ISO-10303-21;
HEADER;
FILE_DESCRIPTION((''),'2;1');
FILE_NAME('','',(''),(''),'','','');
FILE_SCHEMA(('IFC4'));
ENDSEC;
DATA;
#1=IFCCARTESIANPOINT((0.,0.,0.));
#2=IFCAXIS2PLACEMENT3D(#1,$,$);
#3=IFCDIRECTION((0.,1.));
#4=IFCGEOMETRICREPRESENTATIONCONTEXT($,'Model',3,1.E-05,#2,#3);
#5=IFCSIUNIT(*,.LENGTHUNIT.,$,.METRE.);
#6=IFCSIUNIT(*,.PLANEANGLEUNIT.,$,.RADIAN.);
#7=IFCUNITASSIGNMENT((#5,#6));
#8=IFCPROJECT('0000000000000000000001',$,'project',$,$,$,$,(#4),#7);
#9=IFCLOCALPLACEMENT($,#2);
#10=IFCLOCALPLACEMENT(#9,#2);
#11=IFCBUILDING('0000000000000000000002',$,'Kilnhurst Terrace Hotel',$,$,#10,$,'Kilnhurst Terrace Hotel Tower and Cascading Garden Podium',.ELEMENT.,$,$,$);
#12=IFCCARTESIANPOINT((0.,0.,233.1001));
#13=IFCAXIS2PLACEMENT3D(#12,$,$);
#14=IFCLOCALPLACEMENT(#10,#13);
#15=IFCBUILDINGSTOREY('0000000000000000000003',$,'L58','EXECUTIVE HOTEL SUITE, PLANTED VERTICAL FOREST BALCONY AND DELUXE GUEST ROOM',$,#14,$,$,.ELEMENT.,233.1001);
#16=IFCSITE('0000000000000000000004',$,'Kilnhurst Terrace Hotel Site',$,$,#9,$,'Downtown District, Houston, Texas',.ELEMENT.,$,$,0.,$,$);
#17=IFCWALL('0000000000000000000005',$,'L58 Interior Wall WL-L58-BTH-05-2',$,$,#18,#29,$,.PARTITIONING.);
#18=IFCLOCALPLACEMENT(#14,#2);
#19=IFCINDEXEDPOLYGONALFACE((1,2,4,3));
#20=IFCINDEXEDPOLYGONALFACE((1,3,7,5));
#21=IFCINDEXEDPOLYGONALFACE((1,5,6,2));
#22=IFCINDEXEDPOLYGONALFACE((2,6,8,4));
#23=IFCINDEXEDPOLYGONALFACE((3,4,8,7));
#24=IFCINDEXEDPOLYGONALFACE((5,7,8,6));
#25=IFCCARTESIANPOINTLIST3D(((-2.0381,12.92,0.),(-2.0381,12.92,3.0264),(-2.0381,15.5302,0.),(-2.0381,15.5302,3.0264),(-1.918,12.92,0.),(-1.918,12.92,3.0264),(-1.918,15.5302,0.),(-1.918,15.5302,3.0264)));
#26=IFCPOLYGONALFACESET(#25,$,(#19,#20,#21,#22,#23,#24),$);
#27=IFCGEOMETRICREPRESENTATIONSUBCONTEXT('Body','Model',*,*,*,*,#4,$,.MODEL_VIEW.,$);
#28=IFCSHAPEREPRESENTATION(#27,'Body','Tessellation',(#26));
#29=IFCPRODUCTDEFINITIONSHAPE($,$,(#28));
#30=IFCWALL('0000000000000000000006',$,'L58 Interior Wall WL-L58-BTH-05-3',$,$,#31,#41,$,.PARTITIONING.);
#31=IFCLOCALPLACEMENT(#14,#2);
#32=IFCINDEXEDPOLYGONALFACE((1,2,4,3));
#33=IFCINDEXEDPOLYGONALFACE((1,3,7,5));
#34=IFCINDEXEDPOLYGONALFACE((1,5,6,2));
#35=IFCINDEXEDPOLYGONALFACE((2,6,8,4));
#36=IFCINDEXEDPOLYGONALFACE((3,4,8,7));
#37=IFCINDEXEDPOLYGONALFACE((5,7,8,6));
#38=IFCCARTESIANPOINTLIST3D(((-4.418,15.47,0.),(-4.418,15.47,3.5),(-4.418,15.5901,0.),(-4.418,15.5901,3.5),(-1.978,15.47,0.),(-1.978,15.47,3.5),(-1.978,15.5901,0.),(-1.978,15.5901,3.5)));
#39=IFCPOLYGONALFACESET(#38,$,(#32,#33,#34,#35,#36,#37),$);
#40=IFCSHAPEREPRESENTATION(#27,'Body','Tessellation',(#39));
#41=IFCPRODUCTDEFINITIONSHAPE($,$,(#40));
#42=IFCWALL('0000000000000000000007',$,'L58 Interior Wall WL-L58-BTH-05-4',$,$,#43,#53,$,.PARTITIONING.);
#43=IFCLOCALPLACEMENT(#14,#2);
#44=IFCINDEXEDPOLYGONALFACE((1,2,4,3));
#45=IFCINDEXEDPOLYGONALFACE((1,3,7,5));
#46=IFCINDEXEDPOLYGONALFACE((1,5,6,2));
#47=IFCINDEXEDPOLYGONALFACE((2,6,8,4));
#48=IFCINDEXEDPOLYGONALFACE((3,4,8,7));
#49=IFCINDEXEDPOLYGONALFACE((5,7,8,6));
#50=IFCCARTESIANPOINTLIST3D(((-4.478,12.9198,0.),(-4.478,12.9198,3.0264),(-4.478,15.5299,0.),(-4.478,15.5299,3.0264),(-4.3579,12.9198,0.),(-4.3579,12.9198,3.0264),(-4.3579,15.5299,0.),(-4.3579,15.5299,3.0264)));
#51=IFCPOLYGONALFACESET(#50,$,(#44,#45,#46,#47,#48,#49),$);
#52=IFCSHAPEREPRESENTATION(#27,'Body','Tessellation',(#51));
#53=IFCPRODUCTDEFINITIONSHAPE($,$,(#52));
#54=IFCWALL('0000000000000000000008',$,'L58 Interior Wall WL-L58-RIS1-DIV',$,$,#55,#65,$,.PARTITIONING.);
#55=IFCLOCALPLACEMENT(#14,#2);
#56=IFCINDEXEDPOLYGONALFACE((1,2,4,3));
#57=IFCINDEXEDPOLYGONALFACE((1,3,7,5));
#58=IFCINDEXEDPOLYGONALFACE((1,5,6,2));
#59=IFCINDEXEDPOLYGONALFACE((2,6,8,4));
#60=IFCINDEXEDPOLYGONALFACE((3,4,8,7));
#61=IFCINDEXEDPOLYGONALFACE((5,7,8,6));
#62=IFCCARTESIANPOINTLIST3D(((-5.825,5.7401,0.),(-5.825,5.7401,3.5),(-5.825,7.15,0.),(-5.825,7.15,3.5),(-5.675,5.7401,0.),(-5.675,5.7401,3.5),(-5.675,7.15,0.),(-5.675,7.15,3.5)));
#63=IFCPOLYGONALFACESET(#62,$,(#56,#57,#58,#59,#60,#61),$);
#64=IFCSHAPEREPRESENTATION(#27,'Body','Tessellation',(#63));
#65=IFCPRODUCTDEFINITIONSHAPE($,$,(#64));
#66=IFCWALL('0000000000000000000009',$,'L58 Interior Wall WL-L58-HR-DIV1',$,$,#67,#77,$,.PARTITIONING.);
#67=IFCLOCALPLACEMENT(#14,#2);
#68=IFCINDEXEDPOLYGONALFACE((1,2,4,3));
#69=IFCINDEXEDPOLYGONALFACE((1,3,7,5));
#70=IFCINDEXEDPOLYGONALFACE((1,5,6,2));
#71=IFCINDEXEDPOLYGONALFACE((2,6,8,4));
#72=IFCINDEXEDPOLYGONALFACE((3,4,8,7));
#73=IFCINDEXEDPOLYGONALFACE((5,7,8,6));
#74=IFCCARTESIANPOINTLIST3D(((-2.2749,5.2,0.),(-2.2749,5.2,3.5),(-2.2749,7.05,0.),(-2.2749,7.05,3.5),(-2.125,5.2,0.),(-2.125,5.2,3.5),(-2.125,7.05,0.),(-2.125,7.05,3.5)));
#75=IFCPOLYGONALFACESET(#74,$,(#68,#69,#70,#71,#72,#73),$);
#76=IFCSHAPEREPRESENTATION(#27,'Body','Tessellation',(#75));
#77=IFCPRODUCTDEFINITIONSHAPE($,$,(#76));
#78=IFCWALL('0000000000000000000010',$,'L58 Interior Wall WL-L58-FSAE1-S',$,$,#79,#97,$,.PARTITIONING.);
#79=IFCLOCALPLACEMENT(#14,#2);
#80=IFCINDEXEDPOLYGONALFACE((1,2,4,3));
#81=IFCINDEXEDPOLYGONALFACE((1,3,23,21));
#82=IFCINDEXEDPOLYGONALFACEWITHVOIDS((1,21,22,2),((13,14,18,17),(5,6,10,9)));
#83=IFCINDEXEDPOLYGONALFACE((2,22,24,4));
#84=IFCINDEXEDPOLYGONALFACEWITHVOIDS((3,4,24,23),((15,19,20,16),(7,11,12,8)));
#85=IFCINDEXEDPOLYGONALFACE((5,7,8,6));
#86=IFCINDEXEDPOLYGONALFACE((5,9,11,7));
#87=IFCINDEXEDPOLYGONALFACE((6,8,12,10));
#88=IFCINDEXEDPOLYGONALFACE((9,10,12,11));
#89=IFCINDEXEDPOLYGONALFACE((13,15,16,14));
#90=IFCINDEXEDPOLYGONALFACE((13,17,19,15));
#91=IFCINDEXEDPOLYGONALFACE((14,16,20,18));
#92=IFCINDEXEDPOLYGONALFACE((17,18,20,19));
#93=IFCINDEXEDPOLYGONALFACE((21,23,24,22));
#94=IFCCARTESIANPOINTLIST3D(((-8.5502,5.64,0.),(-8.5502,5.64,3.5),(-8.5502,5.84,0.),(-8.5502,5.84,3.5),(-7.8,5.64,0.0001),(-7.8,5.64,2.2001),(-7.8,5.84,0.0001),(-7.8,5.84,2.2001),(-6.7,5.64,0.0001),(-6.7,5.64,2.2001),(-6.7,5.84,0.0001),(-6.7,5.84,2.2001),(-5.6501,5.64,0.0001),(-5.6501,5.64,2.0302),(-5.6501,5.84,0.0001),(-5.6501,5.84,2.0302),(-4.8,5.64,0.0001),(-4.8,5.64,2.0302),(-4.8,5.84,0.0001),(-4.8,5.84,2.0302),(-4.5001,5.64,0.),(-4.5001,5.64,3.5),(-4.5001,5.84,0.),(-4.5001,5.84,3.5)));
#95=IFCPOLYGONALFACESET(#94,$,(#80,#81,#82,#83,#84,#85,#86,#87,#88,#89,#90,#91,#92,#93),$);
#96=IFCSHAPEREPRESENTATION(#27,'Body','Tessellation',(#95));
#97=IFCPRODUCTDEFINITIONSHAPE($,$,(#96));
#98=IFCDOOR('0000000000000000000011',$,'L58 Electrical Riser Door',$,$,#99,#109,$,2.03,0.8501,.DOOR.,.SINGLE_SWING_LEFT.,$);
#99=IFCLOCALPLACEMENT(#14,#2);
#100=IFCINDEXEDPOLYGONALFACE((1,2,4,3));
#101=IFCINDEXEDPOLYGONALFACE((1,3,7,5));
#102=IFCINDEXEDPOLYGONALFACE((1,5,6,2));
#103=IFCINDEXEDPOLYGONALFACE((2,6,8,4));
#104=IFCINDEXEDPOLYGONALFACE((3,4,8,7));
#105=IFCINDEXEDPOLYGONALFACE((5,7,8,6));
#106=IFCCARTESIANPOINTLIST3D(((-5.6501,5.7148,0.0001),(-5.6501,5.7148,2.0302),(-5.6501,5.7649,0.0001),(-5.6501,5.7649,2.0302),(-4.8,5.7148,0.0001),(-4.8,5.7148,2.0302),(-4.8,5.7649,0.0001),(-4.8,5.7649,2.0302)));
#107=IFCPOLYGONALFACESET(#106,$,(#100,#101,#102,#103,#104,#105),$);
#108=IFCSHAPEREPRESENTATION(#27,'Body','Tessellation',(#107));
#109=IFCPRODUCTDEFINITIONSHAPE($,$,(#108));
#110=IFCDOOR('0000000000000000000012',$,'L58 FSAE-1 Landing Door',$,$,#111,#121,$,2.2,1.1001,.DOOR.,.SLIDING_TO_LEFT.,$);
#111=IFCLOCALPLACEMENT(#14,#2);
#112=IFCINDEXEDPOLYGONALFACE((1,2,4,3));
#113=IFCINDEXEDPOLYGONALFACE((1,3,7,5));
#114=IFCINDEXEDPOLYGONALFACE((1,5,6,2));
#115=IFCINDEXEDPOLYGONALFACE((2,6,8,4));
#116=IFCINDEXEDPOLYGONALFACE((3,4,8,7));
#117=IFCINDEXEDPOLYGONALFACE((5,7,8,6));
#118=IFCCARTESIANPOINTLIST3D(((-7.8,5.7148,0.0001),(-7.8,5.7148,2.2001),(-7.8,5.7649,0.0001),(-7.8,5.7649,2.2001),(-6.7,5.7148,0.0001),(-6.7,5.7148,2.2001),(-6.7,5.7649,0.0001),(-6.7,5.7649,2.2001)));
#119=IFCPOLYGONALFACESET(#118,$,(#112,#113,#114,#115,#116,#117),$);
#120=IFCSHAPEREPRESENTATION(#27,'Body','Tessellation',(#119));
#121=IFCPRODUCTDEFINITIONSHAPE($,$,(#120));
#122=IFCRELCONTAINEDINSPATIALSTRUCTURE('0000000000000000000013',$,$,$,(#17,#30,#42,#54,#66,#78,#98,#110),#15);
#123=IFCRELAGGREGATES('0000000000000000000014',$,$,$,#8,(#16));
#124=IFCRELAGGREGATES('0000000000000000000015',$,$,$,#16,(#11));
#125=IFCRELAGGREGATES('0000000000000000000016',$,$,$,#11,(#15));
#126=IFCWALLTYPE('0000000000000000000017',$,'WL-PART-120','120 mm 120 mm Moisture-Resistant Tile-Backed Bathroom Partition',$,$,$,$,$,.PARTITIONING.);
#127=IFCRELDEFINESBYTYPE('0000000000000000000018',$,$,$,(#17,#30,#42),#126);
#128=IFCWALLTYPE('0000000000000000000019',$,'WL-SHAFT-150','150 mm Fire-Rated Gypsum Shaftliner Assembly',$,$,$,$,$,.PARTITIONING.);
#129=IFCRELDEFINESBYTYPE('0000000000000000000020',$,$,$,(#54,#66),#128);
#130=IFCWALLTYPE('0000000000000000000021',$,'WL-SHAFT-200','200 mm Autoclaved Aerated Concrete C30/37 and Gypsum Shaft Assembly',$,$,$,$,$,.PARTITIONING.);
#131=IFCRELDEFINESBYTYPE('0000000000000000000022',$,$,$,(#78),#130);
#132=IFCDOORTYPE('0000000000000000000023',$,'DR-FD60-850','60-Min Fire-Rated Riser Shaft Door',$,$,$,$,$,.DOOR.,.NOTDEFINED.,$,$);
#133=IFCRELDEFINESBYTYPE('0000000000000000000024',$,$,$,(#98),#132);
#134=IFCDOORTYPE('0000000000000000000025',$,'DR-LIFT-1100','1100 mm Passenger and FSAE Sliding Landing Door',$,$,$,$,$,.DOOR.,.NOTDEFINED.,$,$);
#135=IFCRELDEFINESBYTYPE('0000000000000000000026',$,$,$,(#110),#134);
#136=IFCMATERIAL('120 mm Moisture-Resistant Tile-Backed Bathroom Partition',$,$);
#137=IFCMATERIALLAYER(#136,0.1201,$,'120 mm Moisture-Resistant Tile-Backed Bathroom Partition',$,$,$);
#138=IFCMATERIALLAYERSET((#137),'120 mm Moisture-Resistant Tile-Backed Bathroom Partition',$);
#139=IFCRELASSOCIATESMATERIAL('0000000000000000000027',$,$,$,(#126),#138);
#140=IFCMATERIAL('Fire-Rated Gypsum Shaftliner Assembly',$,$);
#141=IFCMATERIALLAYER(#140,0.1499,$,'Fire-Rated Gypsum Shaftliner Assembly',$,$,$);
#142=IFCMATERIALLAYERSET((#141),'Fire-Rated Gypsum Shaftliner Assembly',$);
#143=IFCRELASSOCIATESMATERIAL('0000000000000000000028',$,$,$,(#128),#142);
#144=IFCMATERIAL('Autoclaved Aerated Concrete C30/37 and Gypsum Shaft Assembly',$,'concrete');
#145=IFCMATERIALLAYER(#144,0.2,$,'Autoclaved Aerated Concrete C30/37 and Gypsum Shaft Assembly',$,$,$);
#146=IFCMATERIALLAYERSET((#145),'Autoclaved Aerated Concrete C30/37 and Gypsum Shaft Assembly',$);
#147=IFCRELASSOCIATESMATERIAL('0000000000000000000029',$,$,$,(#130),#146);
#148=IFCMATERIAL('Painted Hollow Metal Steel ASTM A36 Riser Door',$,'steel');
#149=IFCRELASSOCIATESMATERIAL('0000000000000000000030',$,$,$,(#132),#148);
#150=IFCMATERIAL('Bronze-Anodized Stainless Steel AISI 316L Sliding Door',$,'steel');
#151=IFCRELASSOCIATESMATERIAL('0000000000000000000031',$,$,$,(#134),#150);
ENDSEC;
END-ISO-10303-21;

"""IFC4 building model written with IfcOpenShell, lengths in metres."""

from ifc_helpers import new_model, si_unit, direction, frame, frame_2d, origin, place, context, subcontext, project, spatial, rectangle, extrude, material, layer, layer_set, type_object, element, fill, save


model = new_model("IFC4")

# Units and contexts
model_context = context("Model", 3, precision=1e-05, world=origin(), true_north=direction((0.0, 1.0)))
body_context = subcontext(model_context, "Body", "Model", "MODEL_VIEW")
ifc_project = project(units=[si_unit("LENGTHUNIT", "METRE"), si_unit("PLANEANGLEUNIT", "RADIAN")], contexts=[model_context])

# Site, building, storey
site_placement = place(None, origin())
site = spatial("IfcSite", under=ifc_project, at=site_placement, Name="Kilnhurst Terrace Hotel Site", LongName="Downtown District, Houston, Texas", CompositionType="ELEMENT", RefElevation=0.0)
building_placement = place(site_placement, origin())
building = spatial("IfcBuilding", under=site, at=building_placement, Name="Kilnhurst Terrace Hotel", LongName="Kilnhurst Terrace Hotel Tower and Cascading Garden Podium", CompositionType="ELEMENT")
storey_placement = place(building_placement, frame((0.0, 0.0, 233.1001)))
storey = spatial("IfcBuildingStorey", under=building, at=storey_placement, Name="L58", Description="EXECUTIVE HOTEL SUITE, PLANTED VERTICAL FOREST BALCONY AND DELUXE GUEST ROOM", CompositionType="ELEMENT", Elevation=233.1001)

# Shared definitions
ifc_material_1 = material(Name="120 mm Moisture-Resistant Tile-Backed Bathroom Partition")
ifc_layer_1 = layer(ifc_material_1, 0.1201, Name="120 mm Moisture-Resistant Tile-Backed Bathroom Partition")
ifc_layer_set_1 = layer_set([ifc_layer_1], Name="120 mm Moisture-Resistant Tile-Backed Bathroom Partition")
wall_type_1 = type_object("IfcWallType", Name="WL-PART-120", Description="120 mm 120 mm Moisture-Resistant Tile-Backed Bathroom Partition", PredefinedType="PARTITIONING", material=ifc_layer_set_1)

# Walls
wall_1_placement = place(storey_placement, frame((-1.978, 12.9199, 0.0), z_axis=(0.0, 0.0, 1.0), x_axis=(0.0, 1.0, 0.0)))
element("IfcWall", 1, at=wall_1_placement, inside=storey, type_object=wall_type_1, Name="L58 Interior Wall WL-L58-BTH-05-2", PredefinedType="PARTITIONING", context=body_context, shape_type="SweptSolid", body=[
    extrude(rectangle(XDim=2.6101, YDim=0.1201, at=frame_2d((1.3052, 0.0))), origin(), (0.0, 0.0, 1.0), 3.0264),
])
wall_2_placement = place(storey_placement, frame((-1.978, 15.53, 0.0), z_axis=(0.0, 0.0, 1.0), x_axis=(-1.0, 0.0, 0.0)))
element("IfcWall", 2, at=wall_2_placement, inside=storey, type_object=wall_type_1, Name="L58 Interior Wall WL-L58-BTH-05-3", PredefinedType="PARTITIONING", context=body_context, shape_type="SweptSolid", body=[
    extrude(rectangle(XDim=2.4399, YDim=0.1201, at=frame_2d((1.22, 0.0))), origin(), (0.0, 0.0, 1.0), 3.5),
])
wall_3_placement = place(storey_placement, frame((-4.418, 15.53, 0.0), z_axis=(0.0, 0.0, 1.0), x_axis=(0.0, -1.0, 0.0)))
element("IfcWall", 3, at=wall_3_placement, inside=storey, type_object=wall_type_1, Name="L58 Interior Wall WL-L58-BTH-05-4", PredefinedType="PARTITIONING", context=body_context, shape_type="SweptSolid", body=[
    extrude(rectangle(XDim=2.6101, YDim=0.1201, at=frame_2d((1.3052, 0.0))), origin(), (0.0, 0.0, 1.0), 3.0264),
])
ifc_material_2 = material(Name="Fire-Rated Gypsum Shaftliner Assembly")
ifc_layer_2 = layer(ifc_material_2, 0.1499, Name="Fire-Rated Gypsum Shaftliner Assembly")
ifc_layer_set_2 = layer_set([ifc_layer_2], Name="Fire-Rated Gypsum Shaftliner Assembly")
wall_type_2 = type_object("IfcWallType", Name="WL-SHAFT-150", Description="150 mm Fire-Rated Gypsum Shaftliner Assembly", PredefinedType="PARTITIONING", material=ifc_layer_set_2)
wall_4_placement = place(storey_placement, frame((-5.75, 5.74, 0.0), z_axis=(0.0, 0.0, 1.0), x_axis=(0.0, 1.0, 0.0)))
element("IfcWall", 4, at=wall_4_placement, inside=storey, type_object=wall_type_2, Name="L58 Interior Wall WL-L58-RIS1-DIV", PredefinedType="PARTITIONING", context=body_context, shape_type="SweptSolid", body=[
    extrude(rectangle(XDim=1.4099, YDim=0.1499, at=frame_2d((0.7051, 0.0))), origin(), (0.0, 0.0, 1.0), 3.5),
])
wall_5_placement = place(storey_placement, frame((-2.2, 5.2, 0.0), z_axis=(0.0, 0.0, 1.0), x_axis=(0.0, 1.0, 0.0)))
element("IfcWall", 5, at=wall_5_placement, inside=storey, type_object=wall_type_2, Name="L58 Interior Wall WL-L58-HR-DIV1", PredefinedType="PARTITIONING", context=body_context, shape_type="SweptSolid", body=[
    extrude(rectangle(XDim=1.8501, YDim=0.1499, at=frame_2d((0.925, 0.0))), origin(), (0.0, 0.0, 1.0), 3.5),
])

# Wall, openings, doors
ifc_material_3 = material(Name="Autoclaved Aerated Concrete C30/37 and Gypsum Shaft Assembly", Category="concrete")
ifc_layer_3 = layer(ifc_material_3, 0.2, Name="Autoclaved Aerated Concrete C30/37 and Gypsum Shaft Assembly")
ifc_layer_set_3 = layer_set([ifc_layer_3], Name="Autoclaved Aerated Concrete C30/37 and Gypsum Shaft Assembly")
wall_type_3 = type_object("IfcWallType", Name="WL-SHAFT-200", Description="200 mm Autoclaved Aerated Concrete C30/37 and Gypsum Shaft Assembly", PredefinedType="PARTITIONING", material=ifc_layer_set_3)
wall_6_placement = place(storey_placement, frame((-8.55, 5.74, 0.0), z_axis=(0.0, 0.0, 1.0), x_axis=(1.0, 0.0, 0.0)))
wall_6 = element("IfcWall", 6, at=wall_6_placement, inside=storey, type_object=wall_type_3, Name="L58 Interior Wall WL-L58-FSAE1-S", PredefinedType="PARTITIONING", context=body_context, shape_type="SweptSolid", body=[
    extrude(rectangle(XDim=4.05, YDim=0.2, at=frame_2d((2.0249, 0.0))), origin(), (0.0, 0.0, 1.0), 3.5),
])
opening_1_placement = place(wall_6_placement, frame((0.75, 0.0, 0.0)))
opening_1 = element("IfcOpeningElement", 7, at=opening_1_placement, cuts=wall_6, PredefinedType="OPENING", context=body_context, shape_type="SweptSolid", body=[
    extrude(rectangle(XDim=1.1001, YDim=2.2, at=frame_2d((0.55, 1.1001))), frame((0.0, 0.1099, 0.0), z_axis=(0.0, -1.0, 0.0), x_axis=(1.0, 0.0, 0.0)), (0.0, 0.0, 1.0), 0.22),
])
opening_2_placement = place(wall_6_placement, frame((2.8999, 0.0, 0.0)))
opening_2 = element("IfcOpeningElement", 8, at=opening_2_placement, cuts=wall_6, PredefinedType="OPENING", context=body_context, shape_type="SweptSolid", body=[
    extrude(rectangle(XDim=0.8501, YDim=2.03, at=frame_2d((0.425, 1.0151))), frame((0.0, 0.1099, 0.0), z_axis=(0.0, -1.0, 0.0), x_axis=(1.0, 0.0, 0.0)), (0.0, 0.0, 1.0), 0.22),
])
ifc_material_4 = material(Name="Painted Hollow Metal Steel ASTM A36 Riser Door", Category="steel")
door_type_1 = type_object("IfcDoorType", Name="DR-FD60-850", Description="60-Min Fire-Rated Riser Shaft Door", OperationType="NOTDEFINED", PredefinedType="DOOR", material=ifc_material_4)
door_1_placement = place(opening_2_placement, origin())
door_1 = element("IfcDoor", 9, at=door_1_placement, inside=storey, type_object=door_type_1, Name="L58 Electrical Riser Door", OperationType="SINGLE_SWING_LEFT", OverallHeight=2.03, OverallWidth=0.8501, PredefinedType="DOOR", context=body_context, shape_type="SweptSolid", body=[
    extrude(rectangle(XDim=0.8501, YDim=2.03, at=frame_2d((0.425, 1.0151))), frame((0.0, 0.0249, 0.0), z_axis=(0.0, -1.0, 0.0), x_axis=(1.0, 0.0, 0.0)), (0.0, 0.0, 1.0), 0.05),
])
fill(opening_2, door_1)
ifc_material_5 = material(Name="Bronze-Anodized Stainless Steel AISI 316L Sliding Door", Category="steel")
door_type_2 = type_object("IfcDoorType", Name="DR-LIFT-1100", Description="1100 mm Passenger and FSAE Sliding Landing Door", OperationType="NOTDEFINED", PredefinedType="DOOR", material=ifc_material_5)
door_2_placement = place(opening_1_placement, origin())
door_2 = element("IfcDoor", 10, at=door_2_placement, inside=storey, type_object=door_type_2, Name="L58 FSAE-1 Landing Door", OperationType="SLIDING_TO_LEFT", OverallHeight=2.2, OverallWidth=1.1001, PredefinedType="DOOR", context=body_context, shape_type="SweptSolid", body=[
    extrude(rectangle(XDim=1.1001, YDim=2.2, at=frame_2d((0.55, 1.1001))), frame((0.0, 0.0249, 0.0), z_axis=(0.0, -1.0, 0.0), x_axis=(1.0, 0.0, 0.0)), (0.0, 0.0, 1.0), 0.05),
])
fill(opening_1, door_2)

save(model, "model.ifc")
